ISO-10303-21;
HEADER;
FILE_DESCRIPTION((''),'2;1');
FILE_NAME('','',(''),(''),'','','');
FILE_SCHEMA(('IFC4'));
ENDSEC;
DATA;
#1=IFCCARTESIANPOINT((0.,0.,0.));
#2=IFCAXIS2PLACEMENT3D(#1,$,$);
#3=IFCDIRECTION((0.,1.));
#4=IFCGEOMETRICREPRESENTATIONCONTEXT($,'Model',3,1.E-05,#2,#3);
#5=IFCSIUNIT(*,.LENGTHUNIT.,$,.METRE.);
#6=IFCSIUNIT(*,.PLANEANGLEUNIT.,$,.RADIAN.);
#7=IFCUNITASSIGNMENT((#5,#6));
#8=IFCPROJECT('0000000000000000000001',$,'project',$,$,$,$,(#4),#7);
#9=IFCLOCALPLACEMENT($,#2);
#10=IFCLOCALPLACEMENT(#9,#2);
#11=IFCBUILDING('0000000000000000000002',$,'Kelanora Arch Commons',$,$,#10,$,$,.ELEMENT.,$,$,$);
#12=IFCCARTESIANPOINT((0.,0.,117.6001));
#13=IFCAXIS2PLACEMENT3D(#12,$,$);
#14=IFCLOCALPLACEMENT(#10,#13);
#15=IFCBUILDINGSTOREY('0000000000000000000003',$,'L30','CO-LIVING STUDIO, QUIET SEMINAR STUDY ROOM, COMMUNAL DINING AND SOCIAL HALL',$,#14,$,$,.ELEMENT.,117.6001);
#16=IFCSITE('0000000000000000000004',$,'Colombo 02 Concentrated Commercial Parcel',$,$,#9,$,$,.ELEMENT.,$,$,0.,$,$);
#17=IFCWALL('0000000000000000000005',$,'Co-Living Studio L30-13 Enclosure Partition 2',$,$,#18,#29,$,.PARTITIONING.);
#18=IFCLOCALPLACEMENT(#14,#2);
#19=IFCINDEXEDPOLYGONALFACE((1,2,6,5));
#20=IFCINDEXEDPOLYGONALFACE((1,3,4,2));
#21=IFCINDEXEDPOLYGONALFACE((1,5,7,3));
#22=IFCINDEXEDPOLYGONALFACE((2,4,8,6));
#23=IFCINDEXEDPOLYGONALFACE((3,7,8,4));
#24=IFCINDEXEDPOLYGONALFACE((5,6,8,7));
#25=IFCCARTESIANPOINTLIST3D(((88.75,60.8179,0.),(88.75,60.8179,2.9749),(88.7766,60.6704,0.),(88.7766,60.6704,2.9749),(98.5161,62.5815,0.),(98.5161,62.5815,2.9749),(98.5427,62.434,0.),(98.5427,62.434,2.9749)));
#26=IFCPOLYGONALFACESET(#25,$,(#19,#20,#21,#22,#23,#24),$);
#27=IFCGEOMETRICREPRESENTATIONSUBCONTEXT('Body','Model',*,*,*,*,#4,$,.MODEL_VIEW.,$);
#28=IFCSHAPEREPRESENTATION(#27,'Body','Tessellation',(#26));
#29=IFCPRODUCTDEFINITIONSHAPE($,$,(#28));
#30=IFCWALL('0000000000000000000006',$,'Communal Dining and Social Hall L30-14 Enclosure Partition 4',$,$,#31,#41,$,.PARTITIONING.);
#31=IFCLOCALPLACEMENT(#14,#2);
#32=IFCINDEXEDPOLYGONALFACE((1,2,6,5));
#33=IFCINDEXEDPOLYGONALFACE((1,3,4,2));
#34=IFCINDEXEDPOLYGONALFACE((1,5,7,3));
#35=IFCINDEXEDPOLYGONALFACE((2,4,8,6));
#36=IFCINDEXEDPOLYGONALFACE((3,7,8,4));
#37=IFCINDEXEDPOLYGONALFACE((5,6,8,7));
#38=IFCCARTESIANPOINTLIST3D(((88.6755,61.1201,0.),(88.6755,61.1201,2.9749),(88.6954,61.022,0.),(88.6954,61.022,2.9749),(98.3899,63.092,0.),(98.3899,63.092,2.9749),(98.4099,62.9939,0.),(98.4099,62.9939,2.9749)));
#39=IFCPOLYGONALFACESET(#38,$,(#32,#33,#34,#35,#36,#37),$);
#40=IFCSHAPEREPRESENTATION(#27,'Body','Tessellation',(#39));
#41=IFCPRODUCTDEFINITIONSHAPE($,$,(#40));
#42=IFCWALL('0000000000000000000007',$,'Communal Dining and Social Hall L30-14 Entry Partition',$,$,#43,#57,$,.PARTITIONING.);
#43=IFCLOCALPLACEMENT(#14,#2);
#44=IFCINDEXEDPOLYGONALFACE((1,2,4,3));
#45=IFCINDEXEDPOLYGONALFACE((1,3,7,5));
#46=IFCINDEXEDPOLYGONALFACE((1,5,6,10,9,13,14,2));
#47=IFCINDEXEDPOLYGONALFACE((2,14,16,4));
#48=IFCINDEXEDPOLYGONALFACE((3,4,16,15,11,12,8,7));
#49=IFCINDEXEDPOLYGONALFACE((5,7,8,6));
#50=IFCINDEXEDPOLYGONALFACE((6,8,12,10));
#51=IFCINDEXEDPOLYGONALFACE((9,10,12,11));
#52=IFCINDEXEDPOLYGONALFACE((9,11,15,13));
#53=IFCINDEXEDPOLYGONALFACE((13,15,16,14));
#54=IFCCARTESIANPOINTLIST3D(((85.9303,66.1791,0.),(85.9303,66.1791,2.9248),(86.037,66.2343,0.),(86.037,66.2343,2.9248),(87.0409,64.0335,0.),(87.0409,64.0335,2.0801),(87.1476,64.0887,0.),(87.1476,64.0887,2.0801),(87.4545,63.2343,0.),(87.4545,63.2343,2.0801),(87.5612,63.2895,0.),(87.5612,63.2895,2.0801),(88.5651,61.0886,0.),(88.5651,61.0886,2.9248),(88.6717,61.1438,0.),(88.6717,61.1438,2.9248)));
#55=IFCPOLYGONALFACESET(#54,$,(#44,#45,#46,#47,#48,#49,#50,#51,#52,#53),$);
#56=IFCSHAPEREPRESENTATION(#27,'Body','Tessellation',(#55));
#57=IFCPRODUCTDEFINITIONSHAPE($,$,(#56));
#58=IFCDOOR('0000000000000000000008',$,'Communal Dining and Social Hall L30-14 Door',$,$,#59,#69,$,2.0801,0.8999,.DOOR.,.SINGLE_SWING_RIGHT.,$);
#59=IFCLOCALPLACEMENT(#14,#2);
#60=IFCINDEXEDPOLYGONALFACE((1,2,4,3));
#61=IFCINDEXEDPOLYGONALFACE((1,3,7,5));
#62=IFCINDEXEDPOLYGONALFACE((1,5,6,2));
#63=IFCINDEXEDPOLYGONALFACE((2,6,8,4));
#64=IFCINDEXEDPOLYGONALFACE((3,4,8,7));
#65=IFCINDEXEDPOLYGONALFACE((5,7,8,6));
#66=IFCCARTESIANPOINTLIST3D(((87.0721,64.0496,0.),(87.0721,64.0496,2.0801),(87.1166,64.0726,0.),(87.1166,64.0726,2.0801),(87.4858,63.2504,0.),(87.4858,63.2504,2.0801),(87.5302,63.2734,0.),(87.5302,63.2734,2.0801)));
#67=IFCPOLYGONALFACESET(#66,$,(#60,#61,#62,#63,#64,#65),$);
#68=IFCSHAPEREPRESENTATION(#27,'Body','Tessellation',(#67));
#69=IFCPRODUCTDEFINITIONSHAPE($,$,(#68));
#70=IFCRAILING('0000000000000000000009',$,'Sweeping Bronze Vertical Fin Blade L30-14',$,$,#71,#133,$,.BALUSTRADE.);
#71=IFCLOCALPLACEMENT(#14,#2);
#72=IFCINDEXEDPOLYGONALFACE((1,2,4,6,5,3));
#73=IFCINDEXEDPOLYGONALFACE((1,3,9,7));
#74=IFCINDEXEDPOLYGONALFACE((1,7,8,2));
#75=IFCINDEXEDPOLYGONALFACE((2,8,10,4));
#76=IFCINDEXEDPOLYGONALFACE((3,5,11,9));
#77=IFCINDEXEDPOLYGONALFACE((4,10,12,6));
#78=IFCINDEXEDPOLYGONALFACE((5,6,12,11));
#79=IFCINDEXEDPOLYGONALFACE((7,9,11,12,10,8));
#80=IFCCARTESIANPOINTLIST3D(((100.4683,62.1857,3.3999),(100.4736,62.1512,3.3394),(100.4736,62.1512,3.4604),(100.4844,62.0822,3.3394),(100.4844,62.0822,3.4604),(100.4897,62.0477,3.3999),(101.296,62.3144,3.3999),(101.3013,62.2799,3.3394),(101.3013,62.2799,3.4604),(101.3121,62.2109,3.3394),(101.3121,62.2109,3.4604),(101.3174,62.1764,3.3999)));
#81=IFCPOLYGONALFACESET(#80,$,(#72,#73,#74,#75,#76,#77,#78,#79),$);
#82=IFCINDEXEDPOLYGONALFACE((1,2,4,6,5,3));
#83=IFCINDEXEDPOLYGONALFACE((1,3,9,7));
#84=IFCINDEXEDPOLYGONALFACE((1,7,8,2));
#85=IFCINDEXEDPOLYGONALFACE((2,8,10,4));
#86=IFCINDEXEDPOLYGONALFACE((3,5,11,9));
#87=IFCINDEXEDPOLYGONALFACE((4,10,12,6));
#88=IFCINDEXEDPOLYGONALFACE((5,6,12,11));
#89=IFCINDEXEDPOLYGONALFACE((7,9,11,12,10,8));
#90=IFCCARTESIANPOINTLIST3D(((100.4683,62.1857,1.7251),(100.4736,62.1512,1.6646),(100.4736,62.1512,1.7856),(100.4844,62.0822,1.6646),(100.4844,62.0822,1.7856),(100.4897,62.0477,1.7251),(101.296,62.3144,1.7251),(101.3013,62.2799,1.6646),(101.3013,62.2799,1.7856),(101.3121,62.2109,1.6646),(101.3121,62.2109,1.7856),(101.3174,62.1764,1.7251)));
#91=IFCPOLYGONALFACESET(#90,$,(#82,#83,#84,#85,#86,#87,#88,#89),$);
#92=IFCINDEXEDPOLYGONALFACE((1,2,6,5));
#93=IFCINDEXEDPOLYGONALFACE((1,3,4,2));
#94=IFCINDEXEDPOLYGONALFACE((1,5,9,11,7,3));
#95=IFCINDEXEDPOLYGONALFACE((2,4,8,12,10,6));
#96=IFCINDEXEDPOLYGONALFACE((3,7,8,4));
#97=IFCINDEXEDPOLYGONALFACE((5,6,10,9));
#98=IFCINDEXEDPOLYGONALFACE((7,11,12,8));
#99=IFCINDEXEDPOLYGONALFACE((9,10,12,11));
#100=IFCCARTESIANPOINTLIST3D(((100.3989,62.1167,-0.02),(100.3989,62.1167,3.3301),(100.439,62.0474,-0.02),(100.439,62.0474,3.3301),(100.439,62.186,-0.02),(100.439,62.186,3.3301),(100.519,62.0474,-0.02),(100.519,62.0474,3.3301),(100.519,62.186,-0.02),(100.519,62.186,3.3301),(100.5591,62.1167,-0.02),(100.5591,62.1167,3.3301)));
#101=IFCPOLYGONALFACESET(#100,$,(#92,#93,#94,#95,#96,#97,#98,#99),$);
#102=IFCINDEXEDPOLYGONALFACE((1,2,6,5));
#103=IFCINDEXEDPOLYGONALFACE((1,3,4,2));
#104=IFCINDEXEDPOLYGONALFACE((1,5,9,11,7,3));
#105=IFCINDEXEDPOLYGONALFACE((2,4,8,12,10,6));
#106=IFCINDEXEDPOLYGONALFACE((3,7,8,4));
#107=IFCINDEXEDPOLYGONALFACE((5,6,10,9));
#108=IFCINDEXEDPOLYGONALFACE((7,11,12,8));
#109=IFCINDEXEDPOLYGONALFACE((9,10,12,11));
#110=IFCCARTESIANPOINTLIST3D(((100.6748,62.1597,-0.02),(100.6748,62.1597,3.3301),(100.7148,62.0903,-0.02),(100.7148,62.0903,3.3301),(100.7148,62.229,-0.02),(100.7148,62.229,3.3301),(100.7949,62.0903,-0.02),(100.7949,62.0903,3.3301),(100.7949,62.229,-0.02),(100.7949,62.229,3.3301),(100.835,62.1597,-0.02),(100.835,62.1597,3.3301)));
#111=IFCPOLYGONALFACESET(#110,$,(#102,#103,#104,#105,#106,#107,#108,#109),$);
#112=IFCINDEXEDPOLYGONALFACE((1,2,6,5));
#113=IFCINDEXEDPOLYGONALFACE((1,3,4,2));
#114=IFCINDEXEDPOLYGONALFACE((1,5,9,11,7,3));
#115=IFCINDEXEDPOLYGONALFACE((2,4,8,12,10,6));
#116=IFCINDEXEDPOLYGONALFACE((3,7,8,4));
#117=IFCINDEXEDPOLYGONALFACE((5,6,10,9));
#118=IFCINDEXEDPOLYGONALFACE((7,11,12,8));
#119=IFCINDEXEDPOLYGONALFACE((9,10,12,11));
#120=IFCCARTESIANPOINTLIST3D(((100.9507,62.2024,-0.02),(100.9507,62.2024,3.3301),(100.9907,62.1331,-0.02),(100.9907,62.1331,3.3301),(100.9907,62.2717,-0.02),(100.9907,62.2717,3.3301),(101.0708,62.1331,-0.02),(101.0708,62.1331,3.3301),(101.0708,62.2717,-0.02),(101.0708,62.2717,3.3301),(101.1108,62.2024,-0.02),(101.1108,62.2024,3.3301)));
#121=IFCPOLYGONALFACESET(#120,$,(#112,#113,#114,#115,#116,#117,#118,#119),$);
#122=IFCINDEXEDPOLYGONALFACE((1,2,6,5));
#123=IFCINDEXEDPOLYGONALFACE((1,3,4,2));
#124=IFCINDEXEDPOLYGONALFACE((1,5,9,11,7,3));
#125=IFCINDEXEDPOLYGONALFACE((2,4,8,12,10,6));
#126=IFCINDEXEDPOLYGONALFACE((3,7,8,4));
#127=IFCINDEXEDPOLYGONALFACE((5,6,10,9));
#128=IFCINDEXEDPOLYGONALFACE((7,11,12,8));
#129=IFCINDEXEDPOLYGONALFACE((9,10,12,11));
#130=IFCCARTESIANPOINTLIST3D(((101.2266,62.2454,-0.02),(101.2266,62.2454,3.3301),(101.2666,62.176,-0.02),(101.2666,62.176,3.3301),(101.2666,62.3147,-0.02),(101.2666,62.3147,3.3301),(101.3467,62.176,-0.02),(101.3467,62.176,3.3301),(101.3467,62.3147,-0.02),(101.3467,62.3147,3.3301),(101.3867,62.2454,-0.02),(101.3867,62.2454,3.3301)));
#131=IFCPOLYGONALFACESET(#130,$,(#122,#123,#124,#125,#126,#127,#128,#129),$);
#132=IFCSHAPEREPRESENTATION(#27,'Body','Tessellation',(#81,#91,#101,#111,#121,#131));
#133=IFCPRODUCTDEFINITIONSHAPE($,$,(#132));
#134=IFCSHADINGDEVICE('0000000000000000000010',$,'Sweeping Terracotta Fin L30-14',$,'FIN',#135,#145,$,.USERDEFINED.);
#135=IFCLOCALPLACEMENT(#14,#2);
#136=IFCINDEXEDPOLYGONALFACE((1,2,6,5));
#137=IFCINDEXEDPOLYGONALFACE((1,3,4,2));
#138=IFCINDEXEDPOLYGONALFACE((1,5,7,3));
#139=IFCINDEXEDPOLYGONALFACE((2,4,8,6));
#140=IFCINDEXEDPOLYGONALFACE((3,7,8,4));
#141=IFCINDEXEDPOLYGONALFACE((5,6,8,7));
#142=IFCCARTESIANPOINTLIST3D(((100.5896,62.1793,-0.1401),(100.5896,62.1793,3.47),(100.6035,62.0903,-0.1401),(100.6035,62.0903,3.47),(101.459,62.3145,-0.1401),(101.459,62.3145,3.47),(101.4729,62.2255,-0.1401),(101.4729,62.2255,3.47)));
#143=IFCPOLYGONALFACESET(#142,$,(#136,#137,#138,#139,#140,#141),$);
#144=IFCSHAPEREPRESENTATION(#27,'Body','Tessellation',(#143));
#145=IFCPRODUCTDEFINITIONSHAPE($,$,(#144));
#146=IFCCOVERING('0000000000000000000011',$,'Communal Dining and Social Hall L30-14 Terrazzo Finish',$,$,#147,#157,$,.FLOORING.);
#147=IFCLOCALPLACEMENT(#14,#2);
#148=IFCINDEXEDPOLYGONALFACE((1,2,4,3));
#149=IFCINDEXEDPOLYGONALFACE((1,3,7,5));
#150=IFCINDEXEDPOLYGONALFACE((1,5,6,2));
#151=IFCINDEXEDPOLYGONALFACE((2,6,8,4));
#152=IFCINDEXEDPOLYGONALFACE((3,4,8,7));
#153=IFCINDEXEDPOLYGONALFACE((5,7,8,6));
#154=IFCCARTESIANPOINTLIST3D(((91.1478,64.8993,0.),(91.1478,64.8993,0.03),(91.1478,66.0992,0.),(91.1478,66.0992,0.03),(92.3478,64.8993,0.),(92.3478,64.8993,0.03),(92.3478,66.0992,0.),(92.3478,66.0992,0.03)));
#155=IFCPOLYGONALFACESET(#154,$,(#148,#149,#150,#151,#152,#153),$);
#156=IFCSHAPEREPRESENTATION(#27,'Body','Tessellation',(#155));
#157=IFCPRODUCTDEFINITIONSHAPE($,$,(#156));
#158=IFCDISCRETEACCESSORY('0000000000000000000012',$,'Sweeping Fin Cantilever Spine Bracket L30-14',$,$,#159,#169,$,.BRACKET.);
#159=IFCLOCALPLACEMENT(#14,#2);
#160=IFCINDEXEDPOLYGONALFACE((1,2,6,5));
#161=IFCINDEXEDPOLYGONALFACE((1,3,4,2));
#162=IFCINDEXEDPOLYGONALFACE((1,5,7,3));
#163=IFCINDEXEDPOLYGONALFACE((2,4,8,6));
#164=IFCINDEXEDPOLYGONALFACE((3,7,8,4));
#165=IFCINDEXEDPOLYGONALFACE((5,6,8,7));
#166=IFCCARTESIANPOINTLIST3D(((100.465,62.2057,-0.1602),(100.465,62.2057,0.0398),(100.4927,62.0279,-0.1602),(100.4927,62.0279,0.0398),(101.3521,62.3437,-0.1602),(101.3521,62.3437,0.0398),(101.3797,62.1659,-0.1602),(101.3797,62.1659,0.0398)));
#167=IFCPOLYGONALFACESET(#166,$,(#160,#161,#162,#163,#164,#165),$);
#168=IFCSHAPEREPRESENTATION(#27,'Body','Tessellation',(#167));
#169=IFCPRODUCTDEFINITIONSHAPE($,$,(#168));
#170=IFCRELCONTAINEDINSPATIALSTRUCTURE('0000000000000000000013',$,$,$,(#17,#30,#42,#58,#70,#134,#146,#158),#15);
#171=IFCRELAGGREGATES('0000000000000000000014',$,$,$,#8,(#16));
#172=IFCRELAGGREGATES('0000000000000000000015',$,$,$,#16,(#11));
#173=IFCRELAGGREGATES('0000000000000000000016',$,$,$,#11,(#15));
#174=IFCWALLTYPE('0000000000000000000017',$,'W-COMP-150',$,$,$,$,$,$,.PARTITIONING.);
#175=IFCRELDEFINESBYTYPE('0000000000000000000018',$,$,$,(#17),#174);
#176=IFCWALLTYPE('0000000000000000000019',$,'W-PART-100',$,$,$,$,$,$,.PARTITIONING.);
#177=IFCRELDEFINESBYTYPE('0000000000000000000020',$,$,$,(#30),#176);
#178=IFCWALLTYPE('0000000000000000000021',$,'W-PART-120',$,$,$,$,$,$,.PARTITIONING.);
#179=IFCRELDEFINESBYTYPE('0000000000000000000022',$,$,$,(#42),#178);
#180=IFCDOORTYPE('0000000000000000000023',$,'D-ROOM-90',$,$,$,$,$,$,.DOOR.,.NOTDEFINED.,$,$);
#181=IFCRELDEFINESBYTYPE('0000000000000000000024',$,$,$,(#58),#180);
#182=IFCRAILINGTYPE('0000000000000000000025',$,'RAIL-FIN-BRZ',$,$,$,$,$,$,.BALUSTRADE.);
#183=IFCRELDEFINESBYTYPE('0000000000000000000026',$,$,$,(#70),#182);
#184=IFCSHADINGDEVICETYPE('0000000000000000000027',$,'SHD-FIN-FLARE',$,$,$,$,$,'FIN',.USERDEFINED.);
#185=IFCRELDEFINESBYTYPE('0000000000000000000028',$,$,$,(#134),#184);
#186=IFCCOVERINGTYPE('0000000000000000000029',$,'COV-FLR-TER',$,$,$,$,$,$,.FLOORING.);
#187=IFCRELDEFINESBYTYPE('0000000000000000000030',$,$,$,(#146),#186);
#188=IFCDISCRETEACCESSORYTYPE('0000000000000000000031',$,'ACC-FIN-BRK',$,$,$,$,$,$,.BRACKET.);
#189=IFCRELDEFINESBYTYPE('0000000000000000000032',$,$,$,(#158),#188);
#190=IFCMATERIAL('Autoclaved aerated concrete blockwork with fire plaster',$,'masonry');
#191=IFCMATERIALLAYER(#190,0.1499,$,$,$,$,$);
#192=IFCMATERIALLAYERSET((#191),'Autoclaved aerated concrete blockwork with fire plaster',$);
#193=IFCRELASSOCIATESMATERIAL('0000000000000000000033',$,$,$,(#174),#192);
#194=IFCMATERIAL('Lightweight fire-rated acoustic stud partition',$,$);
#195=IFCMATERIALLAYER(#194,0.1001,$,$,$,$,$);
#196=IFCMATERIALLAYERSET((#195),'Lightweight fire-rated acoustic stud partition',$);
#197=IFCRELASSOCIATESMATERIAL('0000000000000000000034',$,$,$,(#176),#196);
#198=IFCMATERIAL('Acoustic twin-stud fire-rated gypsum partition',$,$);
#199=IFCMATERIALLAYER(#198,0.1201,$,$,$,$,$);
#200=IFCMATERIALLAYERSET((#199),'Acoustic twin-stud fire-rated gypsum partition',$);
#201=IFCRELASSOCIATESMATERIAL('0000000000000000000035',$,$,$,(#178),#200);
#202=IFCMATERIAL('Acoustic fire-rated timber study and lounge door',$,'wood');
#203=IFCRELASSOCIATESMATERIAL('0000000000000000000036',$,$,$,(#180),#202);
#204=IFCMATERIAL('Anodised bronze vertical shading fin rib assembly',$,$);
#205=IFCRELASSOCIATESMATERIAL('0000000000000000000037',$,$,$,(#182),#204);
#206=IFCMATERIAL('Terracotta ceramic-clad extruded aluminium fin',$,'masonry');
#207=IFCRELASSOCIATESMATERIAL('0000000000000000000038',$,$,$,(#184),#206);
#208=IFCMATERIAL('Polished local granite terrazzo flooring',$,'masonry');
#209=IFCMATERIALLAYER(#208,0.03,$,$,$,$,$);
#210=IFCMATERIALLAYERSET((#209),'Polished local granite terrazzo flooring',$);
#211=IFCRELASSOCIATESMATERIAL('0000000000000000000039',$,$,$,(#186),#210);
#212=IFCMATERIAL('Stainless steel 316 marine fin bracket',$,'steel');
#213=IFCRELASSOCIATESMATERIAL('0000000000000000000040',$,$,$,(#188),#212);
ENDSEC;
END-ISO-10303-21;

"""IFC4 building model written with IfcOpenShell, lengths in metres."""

from ifc_helpers import new_model, si_unit, direction, frame, frame_2d, origin, origin_2d, place, context, subcontext, project, spatial, polyline, rectangle, outline, extrude, source, transform, mapped, material, layer, layer_set, type_object, element, fill, save


model = new_model("IFC4")

# Units and contexts
model_context = context("Model", 3, precision=1e-05, world=origin(), true_north=direction((0.0, 1.0)))
body_context = subcontext(model_context, "Body", "Model", "MODEL_VIEW")
ifc_project = project(units=[si_unit("LENGTHUNIT", "METRE"), si_unit("PLANEANGLEUNIT", "RADIAN")], contexts=[model_context])

# Site, building, storey
site_placement = place(None, origin())
site = spatial("IfcSite", under=ifc_project, at=site_placement, Name="Colombo 02 Concentrated Commercial Parcel", CompositionType="ELEMENT", RefElevation=0.0)
building_placement = place(site_placement, origin())
building = spatial("IfcBuilding", under=site, at=building_placement, Name="Kelanora Arch Commons", CompositionType="ELEMENT")
storey_placement = place(building_placement, frame((0.0, 0.0, 117.6001)))
storey = spatial("IfcBuildingStorey", under=building, at=storey_placement, Name="L30", Description="CO-LIVING STUDIO, QUIET SEMINAR STUDY ROOM, COMMUNAL DINING AND SOCIAL HALL", CompositionType="ELEMENT", Elevation=117.6001)

# Walls
ifc_material_1 = material(Name="Autoclaved aerated concrete blockwork with fire plaster", Category="masonry")
ifc_layer_1 = layer(ifc_material_1, 0.1499)
ifc_layer_set_1 = layer_set([ifc_layer_1], Name="Autoclaved aerated concrete blockwork with fire plaster")
wall_type_1 = type_object("IfcWallType", Name="W-COMP-150", PredefinedType="PARTITIONING", material=ifc_layer_set_1)
wall_1_placement = place(storey_placement, frame((88.7634, 60.7441, 0.0), z_axis=(0.0, 0.0, 1.0), x_axis=(0.984082, 0.177716, 0.0)))
element("IfcWall", 1, at=wall_1_placement, inside=storey, type_object=wall_type_1, Name="Co-Living Studio L30-13 Enclosure Partition 2", PredefinedType="PARTITIONING", context=body_context, shape_type="SweptSolid", body=[
    extrude(rectangle(XDim=9.9241, YDim=0.1499, at=frame_2d((4.9619, 0.0))), origin(), (0.0, 0.0, 1.0), 2.9749),
])
ifc_material_2 = material(Name="Lightweight fire-rated acoustic stud partition")
ifc_layer_2 = layer(ifc_material_2, 0.1001)
ifc_layer_set_2 = layer_set([ifc_layer_2], Name="Lightweight fire-rated acoustic stud partition")
wall_type_2 = type_object("IfcWallType", Name="W-PART-100", PredefinedType="PARTITIONING", material=ifc_layer_set_2)
wall_2_placement = place(storey_placement, frame((98.3999, 63.043, 0.0), z_axis=(0.0, 0.0, 1.0), x_axis=(-0.980014, -0.198929, 0.0)))
element("IfcWall", 2, at=wall_2_placement, inside=storey, type_object=wall_type_2, Name="Communal Dining and Social Hall L30-14 Enclosure Partition 4", PredefinedType="PARTITIONING", context=body_context, shape_type="SweptSolid", body=[
    extrude(rectangle(XDim=9.9126, YDim=0.1001, at=frame_2d((4.9563, 0.0))), origin(), (0.0, 0.0, 1.0), 2.9749),
])

# Wall, opening, door
ifc_material_3 = material(Name="Acoustic twin-stud fire-rated gypsum partition")
ifc_layer_3 = layer(ifc_material_3, 0.1201)
ifc_layer_set_3 = layer_set([ifc_layer_3], Name="Acoustic twin-stud fire-rated gypsum partition")
wall_type_3 = type_object("IfcWallType", Name="W-PART-120", PredefinedType="PARTITIONING", material=ifc_layer_set_3)
wall_3_placement = place(storey_placement, frame((88.6184, 61.1162, 0.0), z_axis=(0.0, 0.0, 1.0), x_axis=(-0.459658, 0.888096, 0.0)))
wall_3 = element("IfcWall", 3, at=wall_3_placement, inside=storey, type_object=wall_type_3, Name="Communal Dining and Social Hall L30-14 Entry Partition", PredefinedType="PARTITIONING", context=body_context, shape_type="SweptSolid", body=[
    extrude(rectangle(XDim=5.7319, YDim=0.1201, at=frame_2d((2.866, 0.0))), origin(), (0.0, 0.0, 1.0), 2.9248),
])
opening_placement = place(wall_3_placement, frame((2.416, 0.0, 0.0)))
opening = element("IfcOpeningElement", 4, at=opening_placement, cuts=wall_3, PredefinedType="OPENING", context=body_context, shape_type="SweptSolid", body=[
    extrude(rectangle(XDim=0.8999, YDim=2.0801, at=frame_2d((0.45, 1.04))), frame((0.0, 0.0701, 0.0), z_axis=(0.0, -1.0, 0.0), x_axis=(1.0, 0.0, 0.0)), (0.0, 0.0, 1.0), 0.1401),
])
ifc_material_4 = material(Name="Acoustic fire-rated timber study and lounge door", Category="wood")
door_type = type_object("IfcDoorType", Name="D-ROOM-90", OperationType="NOTDEFINED", PredefinedType="DOOR", material=ifc_material_4)
door_placement = place(opening_placement, origin())
door = element("IfcDoor", 5, at=door_placement, inside=storey, type_object=door_type, Name="Communal Dining and Social Hall L30-14 Door", OperationType="SINGLE_SWING_RIGHT", OverallHeight=2.0801, OverallWidth=0.8999, PredefinedType="DOOR", context=body_context, shape_type="SweptSolid", body=[
    extrude(rectangle(XDim=0.8999, YDim=2.0801, at=frame_2d((0.45, 1.04))), frame((0.0, 0.0249, 0.0), z_axis=(0.0, -1.0, 0.0), x_axis=(1.0, 0.0, 0.0)), (0.0, 0.0, 1.0), 0.05),
])
fill(opening, door)

# Railing
ifc_material_5 = material(Name="Anodised bronze vertical shading fin rib assembly")
railing_type_1 = type_object("IfcRailingType", Name="RAIL-FIN-BRZ", PredefinedType="BALUSTRADE", material=ifc_material_5)
railing_1_placement = place(storey_placement, frame((100.479, 62.1167, -0.02)))
element("IfcRailing", 6, at=railing_1_placement, inside=storey, type_object=railing_type_1, Name="Sweeping Bronze Vertical Fin Blade L30-14", PredefinedType="BALUSTRADE", context=body_context, shape_type="SweptSolid", body=[
    extrude(outline(polyline([(0.0698, 0.0), (0.0349, 0.0605), (-0.0349, 0.0605), (-0.0698, 0.0), (-0.0349, -0.0605), (0.0349, -0.0605), (0.0698, 0.0)])), frame((0.0, 0.0, 3.4199), z_axis=(0.988131, 0.153612, 0.0), x_axis=(-0.153612, 0.988131, 0.0)), (0.0, 0.0, 1.0), 0.8376),
    extrude(outline(polyline([(0.0698, 0.0), (0.0349, 0.0605), (-0.0349, 0.0605), (-0.0698, 0.0), (-0.0349, -0.0605), (0.0349, -0.0605), (0.0698, 0.0)])), frame((0.0, 0.0, 1.7451), z_axis=(0.988131, 0.153612, 0.0), x_axis=(-0.153612, 0.988131, 0.0)), (0.0, 0.0, 1.0), 0.8376),
    extrude(outline(polyline([(0.0801, 0.0), (0.04, 0.0693), (-0.04, 0.0693), (-0.0801, 0.0), (-0.04, -0.0693), (0.04, -0.0693), (0.0801, 0.0)])), origin(), (0.0, 0.0, 1.0), 3.3501),
    extrude(outline(polyline([(0.0801, 0.0), (0.04, 0.0693), (-0.04, 0.0693), (-0.0801, 0.0), (-0.04, -0.0693), (0.04, -0.0693), (0.0801, 0.0)])), frame((0.2759, 0.043, 0.0)), (0.0, 0.0, 1.0), 3.3501),
    extrude(outline(polyline([(0.0801, 0.0), (0.04, 0.0693), (-0.04, 0.0693), (-0.0801, 0.0), (-0.04, -0.0693), (0.04, -0.0693), (0.0801, 0.0)])), frame((0.5518, 0.0857, 0.0)), (0.0, 0.0, 1.0), 3.3501),
    extrude(outline(polyline([(0.0801, 0.0), (0.04, 0.0693), (-0.04, 0.0693), (-0.0801, 0.0), (-0.04, -0.0693), (0.04, -0.0693), (0.0801, 0.0)])), frame((0.8276, 0.1287, 0.0)), (0.0, 0.0, 1.0), 3.3501),
])

# Shading device
ifc_material_6 = material(Name="Terracotta ceramic-clad extruded aluminium fin", Category="masonry")
shading_device_type = type_object("IfcShadingDeviceType", Name="SHD-FIN-FLARE", ElementType="FIN", PredefinedType="USERDEFINED", material=ifc_material_6)
shared_shape_1 = source(origin(), body_context, "Body", "SweptSolid", [
    extrude(rectangle(XDim=0.8799, YDim=0.0901, at=origin_2d()), origin(), (0.0, 0.0, 1.0), 3.6101),
])
shading_device_placement = place(storey_placement, frame((101.0312, 62.2024, -0.1401), z_axis=(0.0, 0.0, 1.0), x_axis=(0.988121, 0.153676, 0.0)))
element("IfcShadingDevice", 7, at=shading_device_placement, inside=storey, type_object=shading_device_type, Name="Sweeping Terracotta Fin L30-14", ObjectType="FIN", PredefinedType="USERDEFINED", context=body_context, shape_type="MappedRepresentation", body=[
    mapped(shared_shape_1, transform((0.0, 0.0, 0.0), scale=1.0)),
])

# Covering
ifc_material_7 = material(Name="Polished local granite terrazzo flooring", Category="masonry")
ifc_layer_4 = layer(ifc_material_7, 0.03)
ifc_layer_set_4 = layer_set([ifc_layer_4], Name="Polished local granite terrazzo flooring")
covering_type = type_object("IfcCoveringType", Name="COV-FLR-TER", PredefinedType="FLOORING", material=ifc_layer_set_4)
shared_shape_2 = source(origin(), body_context, "Body", "SweptSolid", [
    extrude(rectangle(XDim=1.2, YDim=1.2, at=origin_2d()), origin(), (0.0, 0.0, 1.0), 0.03),
])
covering_placement = place(storey_placement, frame((91.7478, 65.4993, 0.0), z_axis=(0.0, 0.0, 1.0), x_axis=(1.0, 0.0, 0.0)))
element("IfcCovering", 8, at=covering_placement, inside=storey, type_object=covering_type, Name="Communal Dining and Social Hall L30-14 Terrazzo Finish", PredefinedType="FLOORING", context=body_context, shape_type="MappedRepresentation", body=[
    mapped(shared_shape_2, transform((0.0, 0.0, 0.0), scale=1.0)),
])

# Discrete accessory
ifc_material_8 = material(Name="Stainless steel 316 marine fin bracket", Category="steel")
discrete_accessory_type = type_object("IfcDiscreteAccessoryType", Name="ACC-FIN-BRK", PredefinedType="BRACKET", material=ifc_material_8)
shared_shape_3 = source(origin(), body_context, "Body", "SweptSolid", [
    extrude(rectangle(XDim=0.8977, YDim=0.1799, at=origin_2d()), origin(), (0.0, 0.0, 1.0), 0.2),
])
discrete_accessory_placement = place(storey_placement, frame((100.9224, 62.1858, -0.1602), z_axis=(0.0, 0.0, 1.0), x_axis=(0.988121, 0.153676, 0.0)))
element("IfcDiscreteAccessory", 9, at=discrete_accessory_placement, inside=storey, type_object=discrete_accessory_type, Name="Sweeping Fin Cantilever Spine Bracket L30-14", PredefinedType="BRACKET", context=body_context, shape_type="MappedRepresentation", body=[
    mapped(shared_shape_3, transform((0.0, 0.0, 0.0), scale=1.0)),
])

save(model, "model.ifc")
